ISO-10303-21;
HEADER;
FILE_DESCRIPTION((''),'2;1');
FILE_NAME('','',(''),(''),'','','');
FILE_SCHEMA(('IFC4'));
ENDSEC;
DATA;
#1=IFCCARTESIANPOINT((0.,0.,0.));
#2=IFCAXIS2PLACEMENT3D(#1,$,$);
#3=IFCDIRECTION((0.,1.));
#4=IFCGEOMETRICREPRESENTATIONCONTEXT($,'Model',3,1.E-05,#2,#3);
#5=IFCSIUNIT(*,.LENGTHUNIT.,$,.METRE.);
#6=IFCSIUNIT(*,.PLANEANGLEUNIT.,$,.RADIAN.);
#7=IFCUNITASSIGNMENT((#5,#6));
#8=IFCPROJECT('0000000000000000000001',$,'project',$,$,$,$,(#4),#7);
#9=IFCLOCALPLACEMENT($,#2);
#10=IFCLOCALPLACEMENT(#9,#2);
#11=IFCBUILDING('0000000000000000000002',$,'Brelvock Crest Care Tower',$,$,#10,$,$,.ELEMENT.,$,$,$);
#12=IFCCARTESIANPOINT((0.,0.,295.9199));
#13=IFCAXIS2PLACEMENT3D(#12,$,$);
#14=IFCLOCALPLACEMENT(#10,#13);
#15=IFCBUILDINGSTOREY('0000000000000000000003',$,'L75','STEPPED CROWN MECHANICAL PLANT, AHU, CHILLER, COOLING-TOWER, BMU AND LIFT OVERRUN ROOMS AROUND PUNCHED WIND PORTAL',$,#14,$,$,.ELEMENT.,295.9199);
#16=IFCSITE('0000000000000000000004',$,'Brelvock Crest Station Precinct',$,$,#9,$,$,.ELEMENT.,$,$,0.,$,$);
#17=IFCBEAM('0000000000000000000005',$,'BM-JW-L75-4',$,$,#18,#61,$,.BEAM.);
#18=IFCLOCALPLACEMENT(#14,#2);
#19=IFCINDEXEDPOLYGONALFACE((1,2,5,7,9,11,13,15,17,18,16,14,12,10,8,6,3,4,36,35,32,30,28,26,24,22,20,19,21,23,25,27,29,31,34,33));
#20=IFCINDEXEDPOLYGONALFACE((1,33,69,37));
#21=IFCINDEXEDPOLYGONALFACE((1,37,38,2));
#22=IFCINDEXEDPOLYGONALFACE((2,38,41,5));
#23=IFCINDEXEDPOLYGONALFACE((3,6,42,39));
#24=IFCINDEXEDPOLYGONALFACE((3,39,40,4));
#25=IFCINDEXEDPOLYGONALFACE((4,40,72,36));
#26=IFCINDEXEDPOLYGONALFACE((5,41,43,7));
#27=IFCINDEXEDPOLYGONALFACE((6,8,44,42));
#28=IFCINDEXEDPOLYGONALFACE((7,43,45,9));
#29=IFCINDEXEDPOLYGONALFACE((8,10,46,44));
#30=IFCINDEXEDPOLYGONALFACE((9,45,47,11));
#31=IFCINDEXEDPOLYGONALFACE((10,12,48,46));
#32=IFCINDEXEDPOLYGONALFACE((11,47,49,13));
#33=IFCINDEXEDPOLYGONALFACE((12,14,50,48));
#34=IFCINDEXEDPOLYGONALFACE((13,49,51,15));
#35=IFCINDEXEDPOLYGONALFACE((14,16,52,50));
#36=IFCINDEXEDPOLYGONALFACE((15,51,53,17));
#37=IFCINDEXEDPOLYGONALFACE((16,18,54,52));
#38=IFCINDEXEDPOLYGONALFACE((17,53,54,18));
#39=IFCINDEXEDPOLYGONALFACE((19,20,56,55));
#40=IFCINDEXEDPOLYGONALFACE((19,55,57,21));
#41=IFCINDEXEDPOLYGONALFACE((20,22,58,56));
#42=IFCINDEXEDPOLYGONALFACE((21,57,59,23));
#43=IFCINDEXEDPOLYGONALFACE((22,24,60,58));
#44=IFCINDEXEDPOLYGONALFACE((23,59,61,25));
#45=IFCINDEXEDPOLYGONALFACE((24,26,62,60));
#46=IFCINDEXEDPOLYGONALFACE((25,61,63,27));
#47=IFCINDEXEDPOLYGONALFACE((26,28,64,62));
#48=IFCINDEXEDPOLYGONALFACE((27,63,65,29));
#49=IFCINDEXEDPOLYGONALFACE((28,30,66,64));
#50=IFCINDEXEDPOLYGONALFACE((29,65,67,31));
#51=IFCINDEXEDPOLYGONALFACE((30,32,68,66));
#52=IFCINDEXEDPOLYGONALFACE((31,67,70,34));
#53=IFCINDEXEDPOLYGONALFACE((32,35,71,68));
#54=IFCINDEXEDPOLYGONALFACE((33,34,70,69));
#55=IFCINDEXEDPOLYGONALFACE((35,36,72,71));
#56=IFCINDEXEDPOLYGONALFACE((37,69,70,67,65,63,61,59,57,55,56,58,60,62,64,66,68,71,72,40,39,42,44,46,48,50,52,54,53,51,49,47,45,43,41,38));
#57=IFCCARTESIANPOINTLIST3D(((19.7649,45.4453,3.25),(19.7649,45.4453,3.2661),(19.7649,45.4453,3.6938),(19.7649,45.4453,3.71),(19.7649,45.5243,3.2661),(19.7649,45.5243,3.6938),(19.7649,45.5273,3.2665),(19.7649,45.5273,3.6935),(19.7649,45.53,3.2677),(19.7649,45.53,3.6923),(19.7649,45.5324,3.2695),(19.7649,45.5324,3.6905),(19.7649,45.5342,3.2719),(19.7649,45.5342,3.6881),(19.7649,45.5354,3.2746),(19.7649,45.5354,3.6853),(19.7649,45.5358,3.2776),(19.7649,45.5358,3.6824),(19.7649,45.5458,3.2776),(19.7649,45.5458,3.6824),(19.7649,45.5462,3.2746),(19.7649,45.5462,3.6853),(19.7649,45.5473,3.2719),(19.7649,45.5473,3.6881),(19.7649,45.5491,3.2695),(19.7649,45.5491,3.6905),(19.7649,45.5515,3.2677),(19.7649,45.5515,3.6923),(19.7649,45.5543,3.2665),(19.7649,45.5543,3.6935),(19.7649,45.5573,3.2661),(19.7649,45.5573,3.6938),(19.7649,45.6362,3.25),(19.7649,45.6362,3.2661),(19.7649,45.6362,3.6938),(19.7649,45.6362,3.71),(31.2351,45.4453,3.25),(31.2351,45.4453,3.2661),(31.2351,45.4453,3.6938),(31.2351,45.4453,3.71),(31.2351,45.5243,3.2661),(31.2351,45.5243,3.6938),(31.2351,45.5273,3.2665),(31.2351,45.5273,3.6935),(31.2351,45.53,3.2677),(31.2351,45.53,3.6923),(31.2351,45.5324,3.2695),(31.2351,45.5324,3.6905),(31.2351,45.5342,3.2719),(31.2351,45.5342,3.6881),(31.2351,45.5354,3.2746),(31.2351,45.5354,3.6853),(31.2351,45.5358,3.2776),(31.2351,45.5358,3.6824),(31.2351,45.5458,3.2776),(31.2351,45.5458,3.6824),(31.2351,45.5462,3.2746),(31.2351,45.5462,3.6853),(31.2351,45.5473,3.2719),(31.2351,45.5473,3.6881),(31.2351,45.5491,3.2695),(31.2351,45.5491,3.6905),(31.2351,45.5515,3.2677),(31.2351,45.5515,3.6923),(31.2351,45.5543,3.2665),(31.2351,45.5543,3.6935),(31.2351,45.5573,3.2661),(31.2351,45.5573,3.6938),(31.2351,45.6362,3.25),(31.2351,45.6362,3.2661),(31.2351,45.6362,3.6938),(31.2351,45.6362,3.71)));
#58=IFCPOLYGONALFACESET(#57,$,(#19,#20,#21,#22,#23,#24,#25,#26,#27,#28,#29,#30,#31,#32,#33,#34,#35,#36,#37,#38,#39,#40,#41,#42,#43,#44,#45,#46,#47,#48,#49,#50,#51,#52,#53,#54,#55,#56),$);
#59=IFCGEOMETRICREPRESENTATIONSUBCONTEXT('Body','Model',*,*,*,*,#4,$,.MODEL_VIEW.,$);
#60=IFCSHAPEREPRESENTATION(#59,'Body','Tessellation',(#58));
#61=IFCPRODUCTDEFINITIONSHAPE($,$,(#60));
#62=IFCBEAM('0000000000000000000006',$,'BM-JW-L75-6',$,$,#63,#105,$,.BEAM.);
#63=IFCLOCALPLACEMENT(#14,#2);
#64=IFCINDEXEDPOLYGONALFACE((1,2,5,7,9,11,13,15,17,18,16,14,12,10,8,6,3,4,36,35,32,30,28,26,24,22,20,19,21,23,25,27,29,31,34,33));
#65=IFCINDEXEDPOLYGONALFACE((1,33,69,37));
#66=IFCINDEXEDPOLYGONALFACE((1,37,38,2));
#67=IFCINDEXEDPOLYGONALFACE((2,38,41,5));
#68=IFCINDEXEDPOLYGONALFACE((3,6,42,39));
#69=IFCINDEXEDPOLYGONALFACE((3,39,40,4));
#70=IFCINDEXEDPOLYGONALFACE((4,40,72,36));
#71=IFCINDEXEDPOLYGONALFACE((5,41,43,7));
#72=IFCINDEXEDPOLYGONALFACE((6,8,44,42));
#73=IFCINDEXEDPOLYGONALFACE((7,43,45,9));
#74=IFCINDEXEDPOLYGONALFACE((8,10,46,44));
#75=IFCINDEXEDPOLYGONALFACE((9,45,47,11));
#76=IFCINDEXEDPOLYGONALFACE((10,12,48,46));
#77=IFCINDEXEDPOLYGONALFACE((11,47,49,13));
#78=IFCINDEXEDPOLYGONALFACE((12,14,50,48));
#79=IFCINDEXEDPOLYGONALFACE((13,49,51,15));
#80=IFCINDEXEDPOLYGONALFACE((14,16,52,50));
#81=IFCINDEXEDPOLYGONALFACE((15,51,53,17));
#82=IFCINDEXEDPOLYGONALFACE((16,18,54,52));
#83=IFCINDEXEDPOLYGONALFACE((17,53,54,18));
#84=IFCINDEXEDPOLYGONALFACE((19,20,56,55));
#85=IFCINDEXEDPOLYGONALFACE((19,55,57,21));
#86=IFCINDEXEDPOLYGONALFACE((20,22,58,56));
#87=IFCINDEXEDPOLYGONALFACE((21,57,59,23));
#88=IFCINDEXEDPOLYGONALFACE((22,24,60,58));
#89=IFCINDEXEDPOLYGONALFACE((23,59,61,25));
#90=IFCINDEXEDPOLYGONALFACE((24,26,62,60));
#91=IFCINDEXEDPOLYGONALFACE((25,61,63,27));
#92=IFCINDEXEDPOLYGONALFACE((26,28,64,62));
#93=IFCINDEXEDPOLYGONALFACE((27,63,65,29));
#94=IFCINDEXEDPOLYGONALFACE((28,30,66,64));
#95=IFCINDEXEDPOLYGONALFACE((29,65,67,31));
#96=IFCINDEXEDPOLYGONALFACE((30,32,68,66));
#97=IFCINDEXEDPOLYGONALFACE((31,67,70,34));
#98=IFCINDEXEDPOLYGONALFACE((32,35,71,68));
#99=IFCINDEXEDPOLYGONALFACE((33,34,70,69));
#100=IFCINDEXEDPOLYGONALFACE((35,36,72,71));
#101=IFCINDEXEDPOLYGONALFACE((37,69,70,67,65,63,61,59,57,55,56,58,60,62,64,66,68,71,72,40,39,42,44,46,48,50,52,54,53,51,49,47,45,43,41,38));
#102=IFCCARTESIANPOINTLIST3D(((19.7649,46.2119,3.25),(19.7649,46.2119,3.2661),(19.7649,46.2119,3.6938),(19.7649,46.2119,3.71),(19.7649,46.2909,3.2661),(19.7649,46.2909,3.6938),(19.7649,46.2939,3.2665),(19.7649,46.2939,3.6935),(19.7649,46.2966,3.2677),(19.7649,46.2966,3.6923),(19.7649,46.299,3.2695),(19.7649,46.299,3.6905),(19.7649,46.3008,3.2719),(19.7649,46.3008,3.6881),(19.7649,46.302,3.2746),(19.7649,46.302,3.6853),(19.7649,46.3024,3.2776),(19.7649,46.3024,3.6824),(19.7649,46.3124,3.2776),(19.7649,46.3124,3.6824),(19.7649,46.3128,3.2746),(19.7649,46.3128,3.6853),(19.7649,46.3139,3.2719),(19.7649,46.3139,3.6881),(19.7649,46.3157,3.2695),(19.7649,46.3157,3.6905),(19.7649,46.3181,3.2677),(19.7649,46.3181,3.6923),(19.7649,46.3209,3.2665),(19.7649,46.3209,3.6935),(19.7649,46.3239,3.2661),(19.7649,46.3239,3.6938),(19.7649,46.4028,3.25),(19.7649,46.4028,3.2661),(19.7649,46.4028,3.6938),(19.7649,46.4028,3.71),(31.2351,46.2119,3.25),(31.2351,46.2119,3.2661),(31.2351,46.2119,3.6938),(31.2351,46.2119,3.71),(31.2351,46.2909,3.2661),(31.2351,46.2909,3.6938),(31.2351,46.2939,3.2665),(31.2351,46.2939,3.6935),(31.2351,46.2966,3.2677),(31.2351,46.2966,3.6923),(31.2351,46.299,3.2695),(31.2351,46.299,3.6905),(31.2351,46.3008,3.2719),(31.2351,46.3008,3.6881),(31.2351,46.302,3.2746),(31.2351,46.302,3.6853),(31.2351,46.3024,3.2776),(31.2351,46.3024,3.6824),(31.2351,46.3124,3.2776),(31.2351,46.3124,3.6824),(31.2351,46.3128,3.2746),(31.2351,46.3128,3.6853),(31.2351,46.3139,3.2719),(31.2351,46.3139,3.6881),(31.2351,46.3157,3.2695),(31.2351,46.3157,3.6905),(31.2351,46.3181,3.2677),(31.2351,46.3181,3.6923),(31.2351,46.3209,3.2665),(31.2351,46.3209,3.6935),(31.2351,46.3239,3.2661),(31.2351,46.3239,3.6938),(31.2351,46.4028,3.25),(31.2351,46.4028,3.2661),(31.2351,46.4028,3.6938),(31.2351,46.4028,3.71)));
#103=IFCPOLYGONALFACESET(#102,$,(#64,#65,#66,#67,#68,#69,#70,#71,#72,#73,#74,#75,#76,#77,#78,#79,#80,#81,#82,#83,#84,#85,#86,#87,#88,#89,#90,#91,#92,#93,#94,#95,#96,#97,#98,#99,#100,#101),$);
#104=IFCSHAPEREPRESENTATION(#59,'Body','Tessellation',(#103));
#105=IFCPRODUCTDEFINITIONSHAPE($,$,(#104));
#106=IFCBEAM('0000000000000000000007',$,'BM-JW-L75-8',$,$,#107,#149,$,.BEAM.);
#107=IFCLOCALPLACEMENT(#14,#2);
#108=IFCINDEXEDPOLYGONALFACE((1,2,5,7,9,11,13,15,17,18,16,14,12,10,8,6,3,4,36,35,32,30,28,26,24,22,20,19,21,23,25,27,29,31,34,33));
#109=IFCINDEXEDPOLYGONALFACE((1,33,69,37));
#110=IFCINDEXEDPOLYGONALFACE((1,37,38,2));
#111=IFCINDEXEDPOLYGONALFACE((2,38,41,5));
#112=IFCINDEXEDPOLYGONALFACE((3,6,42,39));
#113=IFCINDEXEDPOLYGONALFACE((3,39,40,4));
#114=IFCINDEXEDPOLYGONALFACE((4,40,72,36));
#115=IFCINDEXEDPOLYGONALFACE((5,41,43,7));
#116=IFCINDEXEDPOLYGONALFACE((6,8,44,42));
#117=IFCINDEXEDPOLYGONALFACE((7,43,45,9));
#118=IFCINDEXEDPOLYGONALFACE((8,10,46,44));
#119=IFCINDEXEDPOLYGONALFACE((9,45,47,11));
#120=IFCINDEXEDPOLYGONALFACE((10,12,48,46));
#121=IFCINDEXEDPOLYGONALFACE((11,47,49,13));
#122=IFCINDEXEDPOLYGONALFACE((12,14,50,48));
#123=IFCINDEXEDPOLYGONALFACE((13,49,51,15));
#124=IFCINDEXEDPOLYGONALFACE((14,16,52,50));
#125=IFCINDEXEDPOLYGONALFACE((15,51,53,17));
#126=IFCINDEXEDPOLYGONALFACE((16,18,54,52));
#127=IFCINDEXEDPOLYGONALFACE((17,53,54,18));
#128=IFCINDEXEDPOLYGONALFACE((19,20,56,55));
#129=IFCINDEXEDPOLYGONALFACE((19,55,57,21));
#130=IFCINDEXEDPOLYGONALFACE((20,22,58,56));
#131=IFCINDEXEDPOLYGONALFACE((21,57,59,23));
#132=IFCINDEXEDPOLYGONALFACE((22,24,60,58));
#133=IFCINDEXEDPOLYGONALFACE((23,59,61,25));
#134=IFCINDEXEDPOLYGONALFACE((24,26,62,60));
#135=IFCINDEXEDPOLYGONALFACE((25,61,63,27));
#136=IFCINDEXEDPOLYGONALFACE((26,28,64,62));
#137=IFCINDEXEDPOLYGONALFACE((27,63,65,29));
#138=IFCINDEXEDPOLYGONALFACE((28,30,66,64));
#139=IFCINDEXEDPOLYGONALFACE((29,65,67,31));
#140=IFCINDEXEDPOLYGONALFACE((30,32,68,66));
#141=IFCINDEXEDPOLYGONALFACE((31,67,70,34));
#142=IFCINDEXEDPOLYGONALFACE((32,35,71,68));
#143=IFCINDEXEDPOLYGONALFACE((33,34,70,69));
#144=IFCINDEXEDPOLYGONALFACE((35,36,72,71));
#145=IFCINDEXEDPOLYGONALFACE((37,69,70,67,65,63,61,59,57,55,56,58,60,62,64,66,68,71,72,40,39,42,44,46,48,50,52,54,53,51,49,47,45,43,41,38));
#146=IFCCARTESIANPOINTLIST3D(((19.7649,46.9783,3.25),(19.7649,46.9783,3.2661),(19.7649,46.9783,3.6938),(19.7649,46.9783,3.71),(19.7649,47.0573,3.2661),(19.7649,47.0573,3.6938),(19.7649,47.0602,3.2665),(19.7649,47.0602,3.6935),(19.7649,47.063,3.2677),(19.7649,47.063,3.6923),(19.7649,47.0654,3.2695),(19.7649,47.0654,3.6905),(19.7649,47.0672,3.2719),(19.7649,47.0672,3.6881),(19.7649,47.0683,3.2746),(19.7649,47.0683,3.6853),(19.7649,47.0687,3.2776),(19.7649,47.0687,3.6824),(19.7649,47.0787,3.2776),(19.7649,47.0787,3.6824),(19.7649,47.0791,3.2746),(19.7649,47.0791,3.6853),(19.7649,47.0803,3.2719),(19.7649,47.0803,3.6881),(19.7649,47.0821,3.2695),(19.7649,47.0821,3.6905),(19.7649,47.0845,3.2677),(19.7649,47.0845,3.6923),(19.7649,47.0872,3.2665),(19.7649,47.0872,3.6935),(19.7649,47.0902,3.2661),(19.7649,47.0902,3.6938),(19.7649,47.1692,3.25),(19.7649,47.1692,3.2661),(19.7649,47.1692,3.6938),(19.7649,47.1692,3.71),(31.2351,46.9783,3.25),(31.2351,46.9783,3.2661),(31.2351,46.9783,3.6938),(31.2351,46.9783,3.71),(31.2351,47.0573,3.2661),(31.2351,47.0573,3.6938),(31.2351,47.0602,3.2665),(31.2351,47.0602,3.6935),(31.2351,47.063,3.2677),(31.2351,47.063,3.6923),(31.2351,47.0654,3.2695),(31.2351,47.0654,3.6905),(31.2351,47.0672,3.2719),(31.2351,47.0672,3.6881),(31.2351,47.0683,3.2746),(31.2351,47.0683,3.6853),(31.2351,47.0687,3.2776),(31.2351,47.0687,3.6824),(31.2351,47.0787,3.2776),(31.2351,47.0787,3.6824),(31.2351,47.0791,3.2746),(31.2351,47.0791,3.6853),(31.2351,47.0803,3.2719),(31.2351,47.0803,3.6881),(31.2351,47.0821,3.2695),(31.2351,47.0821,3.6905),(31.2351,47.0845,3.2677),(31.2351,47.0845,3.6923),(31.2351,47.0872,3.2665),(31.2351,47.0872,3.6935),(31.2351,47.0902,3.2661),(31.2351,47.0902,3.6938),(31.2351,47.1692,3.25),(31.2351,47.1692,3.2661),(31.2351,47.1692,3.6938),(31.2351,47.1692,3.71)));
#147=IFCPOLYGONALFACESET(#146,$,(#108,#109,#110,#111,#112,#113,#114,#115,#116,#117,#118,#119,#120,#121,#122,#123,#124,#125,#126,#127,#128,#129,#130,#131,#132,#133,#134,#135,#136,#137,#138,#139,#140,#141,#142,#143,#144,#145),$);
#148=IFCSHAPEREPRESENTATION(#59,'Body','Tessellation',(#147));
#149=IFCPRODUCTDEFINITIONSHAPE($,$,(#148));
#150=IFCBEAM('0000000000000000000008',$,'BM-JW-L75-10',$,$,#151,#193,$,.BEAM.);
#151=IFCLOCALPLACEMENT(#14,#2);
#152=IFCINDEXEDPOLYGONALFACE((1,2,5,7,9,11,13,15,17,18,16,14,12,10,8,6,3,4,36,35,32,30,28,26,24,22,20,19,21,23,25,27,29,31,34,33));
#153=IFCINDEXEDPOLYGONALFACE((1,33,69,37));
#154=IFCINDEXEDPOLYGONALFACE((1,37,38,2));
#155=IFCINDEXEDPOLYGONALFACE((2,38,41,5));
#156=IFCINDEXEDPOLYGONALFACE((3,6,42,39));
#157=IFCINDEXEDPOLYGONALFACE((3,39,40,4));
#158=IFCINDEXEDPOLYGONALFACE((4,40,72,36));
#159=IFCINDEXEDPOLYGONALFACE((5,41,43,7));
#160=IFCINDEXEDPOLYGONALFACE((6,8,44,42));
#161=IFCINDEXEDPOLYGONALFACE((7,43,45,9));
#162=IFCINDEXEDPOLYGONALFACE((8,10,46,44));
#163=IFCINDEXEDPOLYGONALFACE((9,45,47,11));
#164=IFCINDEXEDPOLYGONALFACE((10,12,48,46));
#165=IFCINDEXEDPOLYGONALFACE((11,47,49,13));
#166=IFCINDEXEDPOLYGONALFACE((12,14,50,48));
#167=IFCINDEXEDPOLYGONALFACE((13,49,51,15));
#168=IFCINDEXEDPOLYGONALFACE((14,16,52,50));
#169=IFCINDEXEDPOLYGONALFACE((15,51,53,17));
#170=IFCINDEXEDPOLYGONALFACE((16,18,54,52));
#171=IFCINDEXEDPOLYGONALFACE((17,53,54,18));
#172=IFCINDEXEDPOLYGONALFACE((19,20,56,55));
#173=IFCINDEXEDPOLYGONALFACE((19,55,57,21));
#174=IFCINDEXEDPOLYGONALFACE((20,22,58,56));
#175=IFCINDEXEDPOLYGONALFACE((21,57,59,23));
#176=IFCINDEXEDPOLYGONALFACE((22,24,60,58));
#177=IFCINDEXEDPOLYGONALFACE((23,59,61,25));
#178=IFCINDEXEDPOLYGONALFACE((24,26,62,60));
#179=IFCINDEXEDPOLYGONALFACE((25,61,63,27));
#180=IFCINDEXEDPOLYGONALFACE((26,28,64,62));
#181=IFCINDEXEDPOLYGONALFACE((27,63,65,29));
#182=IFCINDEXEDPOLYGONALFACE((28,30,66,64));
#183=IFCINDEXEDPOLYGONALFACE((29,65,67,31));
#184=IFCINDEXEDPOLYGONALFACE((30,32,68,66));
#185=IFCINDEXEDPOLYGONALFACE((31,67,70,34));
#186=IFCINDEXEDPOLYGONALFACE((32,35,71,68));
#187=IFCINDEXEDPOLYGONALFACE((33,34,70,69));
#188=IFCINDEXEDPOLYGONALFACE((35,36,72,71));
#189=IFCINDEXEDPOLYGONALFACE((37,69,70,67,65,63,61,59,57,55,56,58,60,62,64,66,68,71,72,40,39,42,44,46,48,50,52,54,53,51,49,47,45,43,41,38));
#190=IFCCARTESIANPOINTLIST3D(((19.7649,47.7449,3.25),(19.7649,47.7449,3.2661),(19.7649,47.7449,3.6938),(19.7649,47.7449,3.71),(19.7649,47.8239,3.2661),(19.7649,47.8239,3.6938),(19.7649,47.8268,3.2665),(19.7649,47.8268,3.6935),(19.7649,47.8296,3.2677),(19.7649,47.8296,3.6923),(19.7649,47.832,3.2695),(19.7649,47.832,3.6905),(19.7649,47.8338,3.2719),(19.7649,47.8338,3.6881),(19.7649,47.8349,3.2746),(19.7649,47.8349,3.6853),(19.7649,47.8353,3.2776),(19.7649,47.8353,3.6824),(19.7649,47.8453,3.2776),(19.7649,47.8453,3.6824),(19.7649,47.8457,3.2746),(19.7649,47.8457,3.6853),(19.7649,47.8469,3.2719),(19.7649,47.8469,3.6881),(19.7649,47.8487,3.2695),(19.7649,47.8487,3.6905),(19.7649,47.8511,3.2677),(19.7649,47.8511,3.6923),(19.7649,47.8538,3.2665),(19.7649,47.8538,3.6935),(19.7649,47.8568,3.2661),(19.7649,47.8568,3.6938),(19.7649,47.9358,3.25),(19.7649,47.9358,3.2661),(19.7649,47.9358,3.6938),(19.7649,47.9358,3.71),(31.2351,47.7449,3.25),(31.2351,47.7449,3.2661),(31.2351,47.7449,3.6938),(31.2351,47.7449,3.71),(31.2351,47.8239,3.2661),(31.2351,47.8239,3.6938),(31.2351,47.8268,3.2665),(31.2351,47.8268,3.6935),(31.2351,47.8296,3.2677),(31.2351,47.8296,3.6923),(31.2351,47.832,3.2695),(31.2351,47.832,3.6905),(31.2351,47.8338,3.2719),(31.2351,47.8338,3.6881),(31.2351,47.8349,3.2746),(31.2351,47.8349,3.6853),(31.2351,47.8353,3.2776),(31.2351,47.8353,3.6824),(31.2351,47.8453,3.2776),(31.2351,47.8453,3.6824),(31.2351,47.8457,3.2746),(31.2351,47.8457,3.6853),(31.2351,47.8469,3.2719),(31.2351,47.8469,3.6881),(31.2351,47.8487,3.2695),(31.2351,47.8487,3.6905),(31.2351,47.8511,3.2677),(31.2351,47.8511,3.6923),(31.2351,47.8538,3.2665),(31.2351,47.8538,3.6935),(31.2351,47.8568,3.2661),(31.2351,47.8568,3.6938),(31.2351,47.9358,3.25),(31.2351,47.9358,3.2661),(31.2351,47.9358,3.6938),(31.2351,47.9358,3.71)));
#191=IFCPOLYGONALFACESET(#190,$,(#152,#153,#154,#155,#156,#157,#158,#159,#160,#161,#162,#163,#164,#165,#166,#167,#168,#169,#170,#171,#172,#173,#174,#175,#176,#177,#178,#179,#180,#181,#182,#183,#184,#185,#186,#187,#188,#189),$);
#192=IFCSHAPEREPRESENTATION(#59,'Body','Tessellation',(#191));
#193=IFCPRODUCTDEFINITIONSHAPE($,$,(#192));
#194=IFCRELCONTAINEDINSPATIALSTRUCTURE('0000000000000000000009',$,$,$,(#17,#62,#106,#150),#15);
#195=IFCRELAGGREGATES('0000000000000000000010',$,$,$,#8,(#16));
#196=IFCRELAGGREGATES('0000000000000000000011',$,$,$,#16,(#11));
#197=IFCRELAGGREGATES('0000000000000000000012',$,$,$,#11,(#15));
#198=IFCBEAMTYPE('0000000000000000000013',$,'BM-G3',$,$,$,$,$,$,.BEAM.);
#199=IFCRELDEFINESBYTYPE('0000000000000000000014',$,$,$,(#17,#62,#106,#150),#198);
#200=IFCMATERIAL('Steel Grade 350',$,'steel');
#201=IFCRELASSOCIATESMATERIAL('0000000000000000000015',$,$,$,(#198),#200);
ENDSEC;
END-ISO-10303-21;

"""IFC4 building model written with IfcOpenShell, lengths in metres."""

from ifc_helpers import new_model, si_unit, direction, frame, origin, origin_2d, place, context, subcontext, project, spatial, i_section, extrude, source, transform, mapped, material, material_profile, profile_set, type_object, element, save


model = new_model("IFC4")

# Units and contexts
model_context = context("Model", 3, precision=1e-05, world=origin(), true_north=direction((0.0, 1.0)))
body_context = subcontext(model_context, "Body", "Model", "MODEL_VIEW")
ifc_project = project(units=[si_unit("LENGTHUNIT", "METRE"), si_unit("PLANEANGLEUNIT", "RADIAN")], contexts=[model_context])

# Site, building, storey
site_placement = place(None, origin())
site = spatial("IfcSite", under=ifc_project, at=site_placement, Name="Brelvock Crest Station Precinct", CompositionType="ELEMENT", RefElevation=0.0)
building_placement = place(site_placement, origin())
building = spatial("IfcBuilding", under=site, at=building_placement, Name="Brelvock Crest Care Tower", CompositionType="ELEMENT")
storey_placement = place(building_placement, frame((0.0, 0.0, 295.9199)))
storey = spatial("IfcBuildingStorey", under=building, at=storey_placement, Name="L75", Description="STEPPED CROWN MECHANICAL PLANT, AHU, CHILLER, COOLING-TOWER, BMU AND LIFT OVERRUN ROOMS AROUND PUNCHED WIND PORTAL", CompositionType="ELEMENT", Elevation=295.9199)

# Shared definitions
ifc_material_1 = material(Name="Steel Grade 350", Category="steel")

# Beams
ifc_material_profile_1 = material_profile(ifc_material_1, i_section(OverallWidth=0.1909, OverallDepth=0.46, WebThickness=0.01, FlangeThickness=0.0161, FilletRadius=0.0115, at=origin_2d()), Name="460UB82.1")
ifc_profile_set_1 = profile_set([ifc_material_profile_1], Name="Steel Grade 350")
beam_type_1 = type_object("IfcBeamType", Name="BM-G3", PredefinedType="BEAM", material=ifc_profile_set_1)
shared_shape_1 = source(origin(), body_context, "Body", "SweptSolid", [
    extrude(i_section(OverallWidth=0.1909, OverallDepth=0.46, WebThickness=0.01, FlangeThickness=0.0161, FilletRadius=0.0115, at=origin_2d()), origin(), (0.0, 0.0, 1.0), 11.4702),
])
for number, where, z_axis, x_axis, name in (
    (1, (19.7649, 45.5408, 3.48), (1.0, 0.0, 0.0), (0.0, 1.0, 0.0), "BM-JW-L75-4"),
    (2, (19.7649, 46.3074, 3.48), (1.0, 0.0, 0.0), (0.0, 1.0, 0.0), "BM-JW-L75-6"),
    (3, (19.7649, 47.0737, 3.48), (1.0, 0.0, 0.0), (0.0, 1.0, 0.0), "BM-JW-L75-8"),
    (4, (19.7649, 47.8403, 3.48), (1.0, 0.0, 0.0), (0.0, 1.0, 0.0), "BM-JW-L75-10"),
):
    element("IfcBeam", number, at=place(storey_placement, frame(where, z_axis=z_axis, x_axis=x_axis)), inside=storey, type_object=beam_type_1, Name=name, PredefinedType="BEAM", context=body_context, shape_type="MappedRepresentation", body=[
        mapped(shared_shape_1, transform((0.0, 0.0, 0.0), x_axis=(1.0, 0.0, 0.0), y_axis=(0.0, 1.0, 0.0), z_axis=(0.0, 0.0, 1.0), scale=1.0)),
    ])

save(model, "model.ifc")
